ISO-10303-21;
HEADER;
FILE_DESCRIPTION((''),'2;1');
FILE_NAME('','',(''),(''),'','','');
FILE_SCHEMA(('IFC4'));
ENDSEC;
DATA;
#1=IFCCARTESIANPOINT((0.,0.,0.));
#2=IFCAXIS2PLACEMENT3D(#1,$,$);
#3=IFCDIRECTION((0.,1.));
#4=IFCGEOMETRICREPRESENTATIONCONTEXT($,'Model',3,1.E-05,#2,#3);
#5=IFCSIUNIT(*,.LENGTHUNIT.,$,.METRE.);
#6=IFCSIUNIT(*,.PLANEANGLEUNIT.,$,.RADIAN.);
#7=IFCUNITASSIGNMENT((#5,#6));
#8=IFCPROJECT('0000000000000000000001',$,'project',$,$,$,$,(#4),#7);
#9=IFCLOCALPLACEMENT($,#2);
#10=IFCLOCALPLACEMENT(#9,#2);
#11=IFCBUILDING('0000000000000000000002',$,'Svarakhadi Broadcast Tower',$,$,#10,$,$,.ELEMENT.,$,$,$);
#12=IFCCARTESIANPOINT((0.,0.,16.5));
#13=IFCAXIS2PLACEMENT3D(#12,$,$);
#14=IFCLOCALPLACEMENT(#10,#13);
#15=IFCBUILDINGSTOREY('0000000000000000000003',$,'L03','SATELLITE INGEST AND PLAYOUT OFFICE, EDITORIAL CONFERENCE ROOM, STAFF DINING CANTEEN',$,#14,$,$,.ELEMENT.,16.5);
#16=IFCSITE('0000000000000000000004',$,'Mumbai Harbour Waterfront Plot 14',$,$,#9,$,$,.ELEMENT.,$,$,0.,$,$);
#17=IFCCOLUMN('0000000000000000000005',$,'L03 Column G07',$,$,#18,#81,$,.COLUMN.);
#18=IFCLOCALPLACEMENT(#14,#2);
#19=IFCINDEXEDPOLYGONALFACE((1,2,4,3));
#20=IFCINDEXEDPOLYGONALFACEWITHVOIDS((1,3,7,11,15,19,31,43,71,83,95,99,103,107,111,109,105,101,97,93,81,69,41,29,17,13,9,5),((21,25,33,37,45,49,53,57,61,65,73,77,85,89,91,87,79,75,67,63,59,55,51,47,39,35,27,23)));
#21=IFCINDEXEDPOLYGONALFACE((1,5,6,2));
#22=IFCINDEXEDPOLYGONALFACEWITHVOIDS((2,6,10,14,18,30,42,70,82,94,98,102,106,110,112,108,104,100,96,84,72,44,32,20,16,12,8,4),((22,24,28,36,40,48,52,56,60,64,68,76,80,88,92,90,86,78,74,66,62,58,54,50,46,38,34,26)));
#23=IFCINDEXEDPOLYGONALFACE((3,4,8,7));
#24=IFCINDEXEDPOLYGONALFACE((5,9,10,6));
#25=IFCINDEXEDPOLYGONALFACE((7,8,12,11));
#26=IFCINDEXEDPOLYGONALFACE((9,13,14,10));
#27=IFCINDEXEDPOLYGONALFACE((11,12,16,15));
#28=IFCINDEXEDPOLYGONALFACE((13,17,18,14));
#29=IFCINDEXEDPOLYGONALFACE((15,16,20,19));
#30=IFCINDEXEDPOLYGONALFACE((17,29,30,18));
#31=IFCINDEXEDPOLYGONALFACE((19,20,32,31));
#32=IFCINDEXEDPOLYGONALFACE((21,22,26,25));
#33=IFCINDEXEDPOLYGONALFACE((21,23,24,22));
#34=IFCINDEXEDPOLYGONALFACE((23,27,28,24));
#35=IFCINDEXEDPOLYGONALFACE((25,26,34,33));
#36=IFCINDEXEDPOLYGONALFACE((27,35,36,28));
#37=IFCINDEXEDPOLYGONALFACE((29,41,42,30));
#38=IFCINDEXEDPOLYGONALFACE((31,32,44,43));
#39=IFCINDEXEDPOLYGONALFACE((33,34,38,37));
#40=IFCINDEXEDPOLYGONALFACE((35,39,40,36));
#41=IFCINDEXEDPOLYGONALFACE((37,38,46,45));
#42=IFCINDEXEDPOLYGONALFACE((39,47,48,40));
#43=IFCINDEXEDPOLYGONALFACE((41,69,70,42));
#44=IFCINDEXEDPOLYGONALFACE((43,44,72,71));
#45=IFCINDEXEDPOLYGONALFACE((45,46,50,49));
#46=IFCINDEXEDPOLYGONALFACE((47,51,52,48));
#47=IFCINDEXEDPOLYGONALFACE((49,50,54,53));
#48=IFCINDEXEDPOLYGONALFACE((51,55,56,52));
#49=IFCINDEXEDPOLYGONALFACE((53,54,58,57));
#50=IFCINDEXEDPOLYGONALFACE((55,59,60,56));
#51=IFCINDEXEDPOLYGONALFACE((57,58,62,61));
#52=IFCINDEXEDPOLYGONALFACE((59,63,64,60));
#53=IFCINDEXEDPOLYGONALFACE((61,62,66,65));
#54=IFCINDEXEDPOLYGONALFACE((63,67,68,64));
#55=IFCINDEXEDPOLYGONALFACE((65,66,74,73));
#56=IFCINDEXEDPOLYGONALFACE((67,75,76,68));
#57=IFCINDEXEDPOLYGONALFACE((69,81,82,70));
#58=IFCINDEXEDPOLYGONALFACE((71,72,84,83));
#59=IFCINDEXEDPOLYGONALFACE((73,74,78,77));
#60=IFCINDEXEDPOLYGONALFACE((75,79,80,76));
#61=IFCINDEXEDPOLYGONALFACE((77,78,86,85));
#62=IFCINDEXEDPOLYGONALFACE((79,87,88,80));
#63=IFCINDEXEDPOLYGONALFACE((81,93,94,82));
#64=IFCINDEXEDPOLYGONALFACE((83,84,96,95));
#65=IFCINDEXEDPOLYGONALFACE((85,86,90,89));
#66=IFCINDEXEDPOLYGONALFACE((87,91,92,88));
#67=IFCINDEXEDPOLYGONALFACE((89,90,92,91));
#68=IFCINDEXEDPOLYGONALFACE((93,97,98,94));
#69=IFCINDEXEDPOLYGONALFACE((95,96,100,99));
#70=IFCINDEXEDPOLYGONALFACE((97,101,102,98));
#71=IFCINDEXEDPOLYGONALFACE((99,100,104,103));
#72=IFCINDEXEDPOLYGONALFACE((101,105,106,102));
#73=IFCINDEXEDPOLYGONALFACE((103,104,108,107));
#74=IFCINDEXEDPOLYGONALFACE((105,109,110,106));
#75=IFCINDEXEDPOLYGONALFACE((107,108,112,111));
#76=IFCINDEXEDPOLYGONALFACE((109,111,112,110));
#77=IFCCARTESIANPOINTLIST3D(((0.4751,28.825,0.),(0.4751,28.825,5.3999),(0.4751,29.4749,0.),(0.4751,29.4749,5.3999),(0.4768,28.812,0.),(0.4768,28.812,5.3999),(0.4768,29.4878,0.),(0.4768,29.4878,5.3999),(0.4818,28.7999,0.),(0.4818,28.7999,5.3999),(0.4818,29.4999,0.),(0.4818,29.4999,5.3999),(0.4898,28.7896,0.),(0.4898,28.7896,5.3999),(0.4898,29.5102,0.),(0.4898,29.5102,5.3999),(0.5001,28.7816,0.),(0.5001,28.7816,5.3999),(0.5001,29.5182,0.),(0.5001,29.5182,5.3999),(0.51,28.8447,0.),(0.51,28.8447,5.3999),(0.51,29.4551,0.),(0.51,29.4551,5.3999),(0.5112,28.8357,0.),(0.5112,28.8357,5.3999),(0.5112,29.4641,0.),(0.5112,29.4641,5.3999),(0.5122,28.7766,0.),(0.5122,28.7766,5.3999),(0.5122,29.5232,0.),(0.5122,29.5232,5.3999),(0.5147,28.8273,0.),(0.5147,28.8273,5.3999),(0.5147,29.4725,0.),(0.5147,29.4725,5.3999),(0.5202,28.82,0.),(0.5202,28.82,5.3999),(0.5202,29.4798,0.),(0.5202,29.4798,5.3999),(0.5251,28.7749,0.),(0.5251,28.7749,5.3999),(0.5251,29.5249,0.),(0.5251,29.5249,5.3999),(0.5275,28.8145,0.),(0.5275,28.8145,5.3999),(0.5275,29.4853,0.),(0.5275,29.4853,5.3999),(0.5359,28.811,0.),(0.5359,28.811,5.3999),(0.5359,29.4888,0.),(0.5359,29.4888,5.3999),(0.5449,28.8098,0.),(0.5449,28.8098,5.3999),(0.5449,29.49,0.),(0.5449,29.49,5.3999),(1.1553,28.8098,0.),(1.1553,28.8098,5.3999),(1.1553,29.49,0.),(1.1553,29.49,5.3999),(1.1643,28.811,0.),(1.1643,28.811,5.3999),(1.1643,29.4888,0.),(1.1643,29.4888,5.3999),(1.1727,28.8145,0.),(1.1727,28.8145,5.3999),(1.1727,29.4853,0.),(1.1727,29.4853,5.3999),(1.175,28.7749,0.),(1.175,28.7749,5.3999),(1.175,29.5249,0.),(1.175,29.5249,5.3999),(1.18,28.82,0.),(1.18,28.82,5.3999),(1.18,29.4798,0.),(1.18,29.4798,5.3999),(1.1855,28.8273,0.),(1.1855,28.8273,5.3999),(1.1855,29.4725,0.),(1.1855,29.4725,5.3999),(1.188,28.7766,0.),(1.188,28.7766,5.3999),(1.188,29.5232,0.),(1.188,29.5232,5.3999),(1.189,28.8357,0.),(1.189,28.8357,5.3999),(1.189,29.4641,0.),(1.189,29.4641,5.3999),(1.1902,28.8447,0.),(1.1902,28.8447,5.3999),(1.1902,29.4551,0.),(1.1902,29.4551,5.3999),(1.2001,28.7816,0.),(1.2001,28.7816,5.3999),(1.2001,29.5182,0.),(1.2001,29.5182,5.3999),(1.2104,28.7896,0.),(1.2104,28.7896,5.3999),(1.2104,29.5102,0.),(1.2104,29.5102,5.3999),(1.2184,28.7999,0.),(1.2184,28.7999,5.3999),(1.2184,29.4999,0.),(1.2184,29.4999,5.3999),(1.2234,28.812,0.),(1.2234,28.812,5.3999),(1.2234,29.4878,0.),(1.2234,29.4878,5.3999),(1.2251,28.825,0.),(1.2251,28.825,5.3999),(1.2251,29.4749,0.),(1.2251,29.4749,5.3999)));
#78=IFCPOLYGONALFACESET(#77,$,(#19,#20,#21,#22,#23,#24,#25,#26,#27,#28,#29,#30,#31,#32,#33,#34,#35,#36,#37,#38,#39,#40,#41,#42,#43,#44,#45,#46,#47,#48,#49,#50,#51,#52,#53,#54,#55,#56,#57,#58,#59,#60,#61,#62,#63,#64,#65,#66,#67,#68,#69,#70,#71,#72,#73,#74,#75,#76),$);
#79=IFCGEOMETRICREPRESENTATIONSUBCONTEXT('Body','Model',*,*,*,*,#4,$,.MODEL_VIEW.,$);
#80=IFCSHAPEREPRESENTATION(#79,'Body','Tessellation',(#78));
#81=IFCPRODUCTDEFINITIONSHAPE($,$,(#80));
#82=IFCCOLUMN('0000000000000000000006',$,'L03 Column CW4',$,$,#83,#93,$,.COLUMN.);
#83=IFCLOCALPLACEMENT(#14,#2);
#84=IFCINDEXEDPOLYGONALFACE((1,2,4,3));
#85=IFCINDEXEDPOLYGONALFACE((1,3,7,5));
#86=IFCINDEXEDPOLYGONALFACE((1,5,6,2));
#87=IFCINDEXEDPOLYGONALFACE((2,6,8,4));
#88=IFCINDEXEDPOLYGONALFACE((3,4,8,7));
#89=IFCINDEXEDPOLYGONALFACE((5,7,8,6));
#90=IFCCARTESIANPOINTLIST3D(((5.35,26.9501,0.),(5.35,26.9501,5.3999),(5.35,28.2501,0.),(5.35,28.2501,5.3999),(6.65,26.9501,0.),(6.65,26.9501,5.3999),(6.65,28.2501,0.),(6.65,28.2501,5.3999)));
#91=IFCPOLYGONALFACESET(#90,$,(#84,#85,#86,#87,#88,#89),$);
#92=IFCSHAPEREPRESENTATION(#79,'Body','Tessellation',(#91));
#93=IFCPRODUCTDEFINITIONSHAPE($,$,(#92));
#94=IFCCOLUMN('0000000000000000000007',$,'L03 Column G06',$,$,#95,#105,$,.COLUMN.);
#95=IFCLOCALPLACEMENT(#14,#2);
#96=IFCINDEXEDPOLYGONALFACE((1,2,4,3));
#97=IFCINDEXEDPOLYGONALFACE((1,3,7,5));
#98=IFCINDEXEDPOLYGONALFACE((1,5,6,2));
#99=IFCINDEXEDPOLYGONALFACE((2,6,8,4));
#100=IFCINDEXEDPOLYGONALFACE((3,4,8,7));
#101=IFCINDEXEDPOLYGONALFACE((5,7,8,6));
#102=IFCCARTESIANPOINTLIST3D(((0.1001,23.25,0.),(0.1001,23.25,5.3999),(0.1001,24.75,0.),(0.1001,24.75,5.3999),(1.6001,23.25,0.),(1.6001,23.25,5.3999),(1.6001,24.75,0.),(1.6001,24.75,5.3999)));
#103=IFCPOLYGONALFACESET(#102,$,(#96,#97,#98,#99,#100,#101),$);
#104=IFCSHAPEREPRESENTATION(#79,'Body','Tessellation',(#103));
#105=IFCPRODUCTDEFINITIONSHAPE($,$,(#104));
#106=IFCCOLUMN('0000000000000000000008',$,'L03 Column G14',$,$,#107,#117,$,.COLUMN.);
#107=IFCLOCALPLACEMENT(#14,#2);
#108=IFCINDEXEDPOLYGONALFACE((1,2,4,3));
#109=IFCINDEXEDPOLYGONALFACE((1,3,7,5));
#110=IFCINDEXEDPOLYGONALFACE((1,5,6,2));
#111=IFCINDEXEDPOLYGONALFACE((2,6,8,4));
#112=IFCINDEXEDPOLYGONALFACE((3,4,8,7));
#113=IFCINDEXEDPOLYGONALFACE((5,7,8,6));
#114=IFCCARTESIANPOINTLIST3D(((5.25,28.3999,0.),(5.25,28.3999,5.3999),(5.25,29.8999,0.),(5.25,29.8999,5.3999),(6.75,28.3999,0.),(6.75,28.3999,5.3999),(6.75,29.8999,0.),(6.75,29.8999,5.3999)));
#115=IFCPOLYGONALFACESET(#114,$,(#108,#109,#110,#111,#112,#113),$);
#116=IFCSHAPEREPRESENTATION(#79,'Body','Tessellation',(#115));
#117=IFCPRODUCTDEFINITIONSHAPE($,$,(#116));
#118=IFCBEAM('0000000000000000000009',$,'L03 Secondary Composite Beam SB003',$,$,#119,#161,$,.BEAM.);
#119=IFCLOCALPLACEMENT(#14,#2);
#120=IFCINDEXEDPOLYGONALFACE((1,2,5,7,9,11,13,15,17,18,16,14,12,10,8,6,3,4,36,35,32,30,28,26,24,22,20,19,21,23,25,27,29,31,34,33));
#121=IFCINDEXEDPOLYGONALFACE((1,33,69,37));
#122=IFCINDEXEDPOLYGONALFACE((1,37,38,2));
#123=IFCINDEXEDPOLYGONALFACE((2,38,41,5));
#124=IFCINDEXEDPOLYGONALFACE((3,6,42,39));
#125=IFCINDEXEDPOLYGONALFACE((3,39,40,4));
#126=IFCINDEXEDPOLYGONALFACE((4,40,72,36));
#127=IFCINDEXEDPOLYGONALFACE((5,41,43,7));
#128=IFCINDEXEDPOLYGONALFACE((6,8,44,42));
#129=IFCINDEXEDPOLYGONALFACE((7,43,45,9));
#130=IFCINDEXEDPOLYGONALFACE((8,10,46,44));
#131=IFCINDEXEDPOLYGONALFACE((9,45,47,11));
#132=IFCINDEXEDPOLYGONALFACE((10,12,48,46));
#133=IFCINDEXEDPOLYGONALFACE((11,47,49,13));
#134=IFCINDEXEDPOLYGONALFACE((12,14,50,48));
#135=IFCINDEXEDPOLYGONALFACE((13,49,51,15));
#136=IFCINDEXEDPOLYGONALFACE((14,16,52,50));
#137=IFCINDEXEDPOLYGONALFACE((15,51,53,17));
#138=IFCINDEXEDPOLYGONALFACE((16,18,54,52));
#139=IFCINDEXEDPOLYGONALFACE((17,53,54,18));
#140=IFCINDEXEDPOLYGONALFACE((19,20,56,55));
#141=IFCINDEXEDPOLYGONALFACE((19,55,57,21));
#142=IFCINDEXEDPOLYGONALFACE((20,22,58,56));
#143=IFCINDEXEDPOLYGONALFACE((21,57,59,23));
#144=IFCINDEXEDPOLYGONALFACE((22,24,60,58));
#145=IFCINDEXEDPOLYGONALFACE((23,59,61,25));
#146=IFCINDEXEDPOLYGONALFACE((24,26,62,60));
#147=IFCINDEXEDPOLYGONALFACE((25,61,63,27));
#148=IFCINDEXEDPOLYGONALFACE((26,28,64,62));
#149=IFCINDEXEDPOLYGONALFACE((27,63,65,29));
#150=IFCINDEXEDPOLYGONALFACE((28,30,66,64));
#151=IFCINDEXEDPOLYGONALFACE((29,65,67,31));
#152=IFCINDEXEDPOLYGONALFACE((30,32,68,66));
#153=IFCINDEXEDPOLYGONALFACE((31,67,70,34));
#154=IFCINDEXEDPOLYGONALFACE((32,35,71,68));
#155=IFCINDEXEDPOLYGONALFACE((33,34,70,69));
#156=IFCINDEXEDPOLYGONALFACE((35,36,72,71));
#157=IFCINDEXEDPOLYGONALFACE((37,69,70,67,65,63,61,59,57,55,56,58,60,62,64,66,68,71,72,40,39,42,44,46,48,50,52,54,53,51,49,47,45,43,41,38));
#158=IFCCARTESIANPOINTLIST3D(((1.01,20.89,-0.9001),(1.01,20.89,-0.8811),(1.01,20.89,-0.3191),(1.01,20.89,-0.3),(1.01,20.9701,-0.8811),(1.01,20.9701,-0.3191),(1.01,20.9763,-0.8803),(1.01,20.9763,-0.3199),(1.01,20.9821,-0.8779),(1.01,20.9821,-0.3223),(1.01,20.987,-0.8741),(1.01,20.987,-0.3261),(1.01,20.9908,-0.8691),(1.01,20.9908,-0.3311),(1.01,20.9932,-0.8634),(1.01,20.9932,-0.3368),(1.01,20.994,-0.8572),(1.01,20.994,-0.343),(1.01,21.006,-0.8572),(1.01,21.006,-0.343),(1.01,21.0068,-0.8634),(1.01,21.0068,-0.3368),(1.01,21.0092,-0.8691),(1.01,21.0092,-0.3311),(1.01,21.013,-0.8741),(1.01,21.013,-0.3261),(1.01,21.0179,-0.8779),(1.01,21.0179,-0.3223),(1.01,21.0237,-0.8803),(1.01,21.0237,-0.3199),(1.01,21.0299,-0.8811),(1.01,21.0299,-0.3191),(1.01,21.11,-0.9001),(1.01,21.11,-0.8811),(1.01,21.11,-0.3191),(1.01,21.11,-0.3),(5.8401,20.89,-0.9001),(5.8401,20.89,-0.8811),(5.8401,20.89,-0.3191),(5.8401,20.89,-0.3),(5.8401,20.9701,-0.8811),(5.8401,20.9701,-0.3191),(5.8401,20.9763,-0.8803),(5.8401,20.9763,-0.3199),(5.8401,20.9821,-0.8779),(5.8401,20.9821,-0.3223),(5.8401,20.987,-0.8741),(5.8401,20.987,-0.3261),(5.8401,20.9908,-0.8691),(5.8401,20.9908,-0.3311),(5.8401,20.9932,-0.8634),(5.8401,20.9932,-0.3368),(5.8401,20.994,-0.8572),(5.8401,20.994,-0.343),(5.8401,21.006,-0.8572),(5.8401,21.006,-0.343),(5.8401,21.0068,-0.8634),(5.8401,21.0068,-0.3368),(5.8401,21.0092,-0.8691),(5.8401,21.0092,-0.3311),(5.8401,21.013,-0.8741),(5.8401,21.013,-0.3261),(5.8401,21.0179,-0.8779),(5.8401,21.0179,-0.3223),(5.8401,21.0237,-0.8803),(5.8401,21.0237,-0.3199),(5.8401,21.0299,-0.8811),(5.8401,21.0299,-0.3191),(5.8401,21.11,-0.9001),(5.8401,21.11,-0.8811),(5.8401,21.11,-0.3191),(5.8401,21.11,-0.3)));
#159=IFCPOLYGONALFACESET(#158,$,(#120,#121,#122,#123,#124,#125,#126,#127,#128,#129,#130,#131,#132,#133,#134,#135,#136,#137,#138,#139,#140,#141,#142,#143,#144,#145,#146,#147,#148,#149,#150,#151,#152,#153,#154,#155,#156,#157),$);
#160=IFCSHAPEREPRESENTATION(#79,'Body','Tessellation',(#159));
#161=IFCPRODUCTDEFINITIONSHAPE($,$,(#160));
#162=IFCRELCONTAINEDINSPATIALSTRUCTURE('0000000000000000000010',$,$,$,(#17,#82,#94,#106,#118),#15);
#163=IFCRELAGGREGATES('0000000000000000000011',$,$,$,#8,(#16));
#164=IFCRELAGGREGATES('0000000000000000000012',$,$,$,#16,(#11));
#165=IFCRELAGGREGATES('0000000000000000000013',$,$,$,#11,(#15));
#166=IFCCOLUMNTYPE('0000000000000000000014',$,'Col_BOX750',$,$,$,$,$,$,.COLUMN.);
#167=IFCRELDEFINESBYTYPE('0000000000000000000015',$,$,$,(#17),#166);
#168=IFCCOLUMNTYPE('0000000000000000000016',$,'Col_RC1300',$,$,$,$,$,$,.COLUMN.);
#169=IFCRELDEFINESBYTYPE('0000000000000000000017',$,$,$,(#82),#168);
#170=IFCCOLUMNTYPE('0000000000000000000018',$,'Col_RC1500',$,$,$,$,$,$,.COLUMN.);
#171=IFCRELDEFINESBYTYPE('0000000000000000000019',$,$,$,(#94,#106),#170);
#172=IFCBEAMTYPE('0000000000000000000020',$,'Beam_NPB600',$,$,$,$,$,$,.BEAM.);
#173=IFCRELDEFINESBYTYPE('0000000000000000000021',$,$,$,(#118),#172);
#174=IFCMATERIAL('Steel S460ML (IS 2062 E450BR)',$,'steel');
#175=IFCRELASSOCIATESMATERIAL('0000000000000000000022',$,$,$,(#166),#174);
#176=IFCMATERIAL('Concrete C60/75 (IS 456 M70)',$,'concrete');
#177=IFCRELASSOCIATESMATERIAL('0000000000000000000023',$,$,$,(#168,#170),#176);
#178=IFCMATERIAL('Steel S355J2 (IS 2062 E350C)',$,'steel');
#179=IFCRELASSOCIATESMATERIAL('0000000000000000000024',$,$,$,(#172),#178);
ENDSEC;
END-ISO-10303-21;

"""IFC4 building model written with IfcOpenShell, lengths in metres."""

from ifc_helpers import new_model, si_unit, direction, frame, origin, origin_2d, place, context, subcontext, project, spatial, rectangle, hollow_rectangle, i_section, extrude, material, material_profile, profile_set, type_object, element, save


model = new_model("IFC4")

# Units and contexts
model_context = context("Model", 3, precision=1e-05, world=origin(), true_north=direction((0.0, 1.0)))
body_context = subcontext(model_context, "Body", "Model", "MODEL_VIEW")
ifc_project = project(units=[si_unit("LENGTHUNIT", "METRE"), si_unit("PLANEANGLEUNIT", "RADIAN")], contexts=[model_context])

# Site, building, storey
site_placement = place(None, origin())
site = spatial("IfcSite", under=ifc_project, at=site_placement, Name="Mumbai Harbour Waterfront Plot 14", CompositionType="ELEMENT", RefElevation=0.0)
building_placement = place(site_placement, origin())
building = spatial("IfcBuilding", under=site, at=building_placement, Name="Svarakhadi Broadcast Tower", CompositionType="ELEMENT")
storey_placement = place(building_placement, frame((0.0, 0.0, 16.5)))
storey = spatial("IfcBuildingStorey", under=building, at=storey_placement, Name="L03", Description="SATELLITE INGEST AND PLAYOUT OFFICE, EDITORIAL CONFERENCE ROOM, STAFF DINING CANTEEN", CompositionType="ELEMENT", Elevation=16.5)

# Columns
ifc_material_1 = material(Name="Steel S460ML (IS 2062 E450BR)", Category="steel")
ifc_material_profile_1 = material_profile(ifc_material_1, hollow_rectangle(XDim=0.75, YDim=0.75, WallThickness=0.0349, InnerFilletRadius=0.0349, OuterFilletRadius=0.05, at=origin_2d()), Name="BOX 750x750x35")
ifc_profile_set_1 = profile_set([ifc_material_profile_1], Name="Steel S460ML (IS 2062 E450BR)")
column_type_1 = type_object("IfcColumnType", Name="Col_BOX750", PredefinedType="COLUMN", material=ifc_profile_set_1)
column_1_placement = place(storey_placement, frame((0.8501, 29.1499, 0.0), z_axis=(0.0, 0.0, 1.0), x_axis=(1.0, 0.0, 0.0)))
element("IfcColumn", 1, at=column_1_placement, inside=storey, type_object=column_type_1, Name="L03 Column G07", PredefinedType="COLUMN", context=body_context, shape_type="SweptSolid", body=[
    extrude(hollow_rectangle(XDim=0.75, YDim=0.75, WallThickness=0.0349, InnerFilletRadius=0.0349, OuterFilletRadius=0.05, at=origin_2d()), origin(), (0.0, 0.0, 1.0), 5.3999),
])
ifc_material_2 = material(Name="Concrete C60/75 (IS 456 M70)", Category="concrete")
ifc_material_profile_2 = material_profile(ifc_material_2, rectangle(XDim=1.3, YDim=1.3, at=origin_2d()), Name="RC 1300x1300")
ifc_profile_set_2 = profile_set([ifc_material_profile_2], Name="Concrete C60/75 (IS 456 M70)")
column_type_2 = type_object("IfcColumnType", Name="Col_RC1300", PredefinedType="COLUMN", material=ifc_profile_set_2)
column_2_placement = place(storey_placement, frame((6.0, 27.6001, 0.0), z_axis=(0.0, 0.0, 1.0), x_axis=(1.0, 0.0, 0.0)))
element("IfcColumn", 2, at=column_2_placement, inside=storey, type_object=column_type_2, Name="L03 Column CW4", PredefinedType="COLUMN", context=body_context, shape_type="SweptSolid", body=[
    extrude(rectangle(XDim=1.3, YDim=1.3, at=origin_2d()), origin(), (0.0, 0.0, 1.0), 5.3999),
])
ifc_material_profile_3 = material_profile(ifc_material_2, rectangle(XDim=1.5, YDim=1.5, at=origin_2d()), Name="RC 1500x1500")
ifc_profile_set_3 = profile_set([ifc_material_profile_3], Name="Concrete C60/75 (IS 456 M70)")
column_type_3 = type_object("IfcColumnType", Name="Col_RC1500", PredefinedType="COLUMN", material=ifc_profile_set_3)
for number, where, z_axis, x_axis, name in (
    (3, (0.8501, 24.0, 0.0), (0.0, 0.0, 1.0), (1.0, 0.0, 0.0), "L03 Column G06"),
    (4, (6.0, 29.1499, 0.0), (0.0, 0.0, 1.0), (1.0, 0.0, 0.0), "L03 Column G14"),
):
    element("IfcColumn", number, at=place(storey_placement, frame(where, z_axis=z_axis, x_axis=x_axis)), inside=storey, type_object=column_type_3, Name=name, PredefinedType="COLUMN", context=body_context, shape_type="SweptSolid", body=[
        extrude(rectangle(XDim=1.5, YDim=1.5, at=origin_2d()), origin(), (0.0, 0.0, 1.0), 5.3999),
    ])

# Beam
ifc_material_3 = material(Name="Steel S355J2 (IS 2062 E350C)", Category="steel")
ifc_material_profile_4 = material_profile(ifc_material_3, i_section(OverallWidth=0.22, OverallDepth=0.6001, WebThickness=0.012, FlangeThickness=0.019, FilletRadius=0.0239, at=origin_2d()), Name="NPB 600x220x122")
ifc_profile_set_4 = profile_set([ifc_material_profile_4], Name="Steel S355J2 (IS 2062 E350C)")
beam_type_1 = type_object("IfcBeamType", Name="Beam_NPB600", PredefinedType="BEAM", material=ifc_profile_set_4)
for number, where, z_axis, x_axis, name in (
    (5, (1.01, 21.0, -0.6001), (1.0, 0.0, 0.0), (0.0, 1.0, 0.0), "L03 Secondary Composite Beam SB003"),
):
    element("IfcBeam", number, at=place(storey_placement, frame(where, z_axis=z_axis, x_axis=x_axis)), inside=storey, type_object=beam_type_1, Name=name, PredefinedType="BEAM", context=body_context, shape_type="SweptSolid", body=[
        extrude(i_section(OverallWidth=0.22, OverallDepth=0.6001, WebThickness=0.012, FlangeThickness=0.019, FilletRadius=0.0239, at=origin_2d()), origin(), (0.0, 0.0, 1.0), 4.8301),
    ])

save(model, "model.ifc")
